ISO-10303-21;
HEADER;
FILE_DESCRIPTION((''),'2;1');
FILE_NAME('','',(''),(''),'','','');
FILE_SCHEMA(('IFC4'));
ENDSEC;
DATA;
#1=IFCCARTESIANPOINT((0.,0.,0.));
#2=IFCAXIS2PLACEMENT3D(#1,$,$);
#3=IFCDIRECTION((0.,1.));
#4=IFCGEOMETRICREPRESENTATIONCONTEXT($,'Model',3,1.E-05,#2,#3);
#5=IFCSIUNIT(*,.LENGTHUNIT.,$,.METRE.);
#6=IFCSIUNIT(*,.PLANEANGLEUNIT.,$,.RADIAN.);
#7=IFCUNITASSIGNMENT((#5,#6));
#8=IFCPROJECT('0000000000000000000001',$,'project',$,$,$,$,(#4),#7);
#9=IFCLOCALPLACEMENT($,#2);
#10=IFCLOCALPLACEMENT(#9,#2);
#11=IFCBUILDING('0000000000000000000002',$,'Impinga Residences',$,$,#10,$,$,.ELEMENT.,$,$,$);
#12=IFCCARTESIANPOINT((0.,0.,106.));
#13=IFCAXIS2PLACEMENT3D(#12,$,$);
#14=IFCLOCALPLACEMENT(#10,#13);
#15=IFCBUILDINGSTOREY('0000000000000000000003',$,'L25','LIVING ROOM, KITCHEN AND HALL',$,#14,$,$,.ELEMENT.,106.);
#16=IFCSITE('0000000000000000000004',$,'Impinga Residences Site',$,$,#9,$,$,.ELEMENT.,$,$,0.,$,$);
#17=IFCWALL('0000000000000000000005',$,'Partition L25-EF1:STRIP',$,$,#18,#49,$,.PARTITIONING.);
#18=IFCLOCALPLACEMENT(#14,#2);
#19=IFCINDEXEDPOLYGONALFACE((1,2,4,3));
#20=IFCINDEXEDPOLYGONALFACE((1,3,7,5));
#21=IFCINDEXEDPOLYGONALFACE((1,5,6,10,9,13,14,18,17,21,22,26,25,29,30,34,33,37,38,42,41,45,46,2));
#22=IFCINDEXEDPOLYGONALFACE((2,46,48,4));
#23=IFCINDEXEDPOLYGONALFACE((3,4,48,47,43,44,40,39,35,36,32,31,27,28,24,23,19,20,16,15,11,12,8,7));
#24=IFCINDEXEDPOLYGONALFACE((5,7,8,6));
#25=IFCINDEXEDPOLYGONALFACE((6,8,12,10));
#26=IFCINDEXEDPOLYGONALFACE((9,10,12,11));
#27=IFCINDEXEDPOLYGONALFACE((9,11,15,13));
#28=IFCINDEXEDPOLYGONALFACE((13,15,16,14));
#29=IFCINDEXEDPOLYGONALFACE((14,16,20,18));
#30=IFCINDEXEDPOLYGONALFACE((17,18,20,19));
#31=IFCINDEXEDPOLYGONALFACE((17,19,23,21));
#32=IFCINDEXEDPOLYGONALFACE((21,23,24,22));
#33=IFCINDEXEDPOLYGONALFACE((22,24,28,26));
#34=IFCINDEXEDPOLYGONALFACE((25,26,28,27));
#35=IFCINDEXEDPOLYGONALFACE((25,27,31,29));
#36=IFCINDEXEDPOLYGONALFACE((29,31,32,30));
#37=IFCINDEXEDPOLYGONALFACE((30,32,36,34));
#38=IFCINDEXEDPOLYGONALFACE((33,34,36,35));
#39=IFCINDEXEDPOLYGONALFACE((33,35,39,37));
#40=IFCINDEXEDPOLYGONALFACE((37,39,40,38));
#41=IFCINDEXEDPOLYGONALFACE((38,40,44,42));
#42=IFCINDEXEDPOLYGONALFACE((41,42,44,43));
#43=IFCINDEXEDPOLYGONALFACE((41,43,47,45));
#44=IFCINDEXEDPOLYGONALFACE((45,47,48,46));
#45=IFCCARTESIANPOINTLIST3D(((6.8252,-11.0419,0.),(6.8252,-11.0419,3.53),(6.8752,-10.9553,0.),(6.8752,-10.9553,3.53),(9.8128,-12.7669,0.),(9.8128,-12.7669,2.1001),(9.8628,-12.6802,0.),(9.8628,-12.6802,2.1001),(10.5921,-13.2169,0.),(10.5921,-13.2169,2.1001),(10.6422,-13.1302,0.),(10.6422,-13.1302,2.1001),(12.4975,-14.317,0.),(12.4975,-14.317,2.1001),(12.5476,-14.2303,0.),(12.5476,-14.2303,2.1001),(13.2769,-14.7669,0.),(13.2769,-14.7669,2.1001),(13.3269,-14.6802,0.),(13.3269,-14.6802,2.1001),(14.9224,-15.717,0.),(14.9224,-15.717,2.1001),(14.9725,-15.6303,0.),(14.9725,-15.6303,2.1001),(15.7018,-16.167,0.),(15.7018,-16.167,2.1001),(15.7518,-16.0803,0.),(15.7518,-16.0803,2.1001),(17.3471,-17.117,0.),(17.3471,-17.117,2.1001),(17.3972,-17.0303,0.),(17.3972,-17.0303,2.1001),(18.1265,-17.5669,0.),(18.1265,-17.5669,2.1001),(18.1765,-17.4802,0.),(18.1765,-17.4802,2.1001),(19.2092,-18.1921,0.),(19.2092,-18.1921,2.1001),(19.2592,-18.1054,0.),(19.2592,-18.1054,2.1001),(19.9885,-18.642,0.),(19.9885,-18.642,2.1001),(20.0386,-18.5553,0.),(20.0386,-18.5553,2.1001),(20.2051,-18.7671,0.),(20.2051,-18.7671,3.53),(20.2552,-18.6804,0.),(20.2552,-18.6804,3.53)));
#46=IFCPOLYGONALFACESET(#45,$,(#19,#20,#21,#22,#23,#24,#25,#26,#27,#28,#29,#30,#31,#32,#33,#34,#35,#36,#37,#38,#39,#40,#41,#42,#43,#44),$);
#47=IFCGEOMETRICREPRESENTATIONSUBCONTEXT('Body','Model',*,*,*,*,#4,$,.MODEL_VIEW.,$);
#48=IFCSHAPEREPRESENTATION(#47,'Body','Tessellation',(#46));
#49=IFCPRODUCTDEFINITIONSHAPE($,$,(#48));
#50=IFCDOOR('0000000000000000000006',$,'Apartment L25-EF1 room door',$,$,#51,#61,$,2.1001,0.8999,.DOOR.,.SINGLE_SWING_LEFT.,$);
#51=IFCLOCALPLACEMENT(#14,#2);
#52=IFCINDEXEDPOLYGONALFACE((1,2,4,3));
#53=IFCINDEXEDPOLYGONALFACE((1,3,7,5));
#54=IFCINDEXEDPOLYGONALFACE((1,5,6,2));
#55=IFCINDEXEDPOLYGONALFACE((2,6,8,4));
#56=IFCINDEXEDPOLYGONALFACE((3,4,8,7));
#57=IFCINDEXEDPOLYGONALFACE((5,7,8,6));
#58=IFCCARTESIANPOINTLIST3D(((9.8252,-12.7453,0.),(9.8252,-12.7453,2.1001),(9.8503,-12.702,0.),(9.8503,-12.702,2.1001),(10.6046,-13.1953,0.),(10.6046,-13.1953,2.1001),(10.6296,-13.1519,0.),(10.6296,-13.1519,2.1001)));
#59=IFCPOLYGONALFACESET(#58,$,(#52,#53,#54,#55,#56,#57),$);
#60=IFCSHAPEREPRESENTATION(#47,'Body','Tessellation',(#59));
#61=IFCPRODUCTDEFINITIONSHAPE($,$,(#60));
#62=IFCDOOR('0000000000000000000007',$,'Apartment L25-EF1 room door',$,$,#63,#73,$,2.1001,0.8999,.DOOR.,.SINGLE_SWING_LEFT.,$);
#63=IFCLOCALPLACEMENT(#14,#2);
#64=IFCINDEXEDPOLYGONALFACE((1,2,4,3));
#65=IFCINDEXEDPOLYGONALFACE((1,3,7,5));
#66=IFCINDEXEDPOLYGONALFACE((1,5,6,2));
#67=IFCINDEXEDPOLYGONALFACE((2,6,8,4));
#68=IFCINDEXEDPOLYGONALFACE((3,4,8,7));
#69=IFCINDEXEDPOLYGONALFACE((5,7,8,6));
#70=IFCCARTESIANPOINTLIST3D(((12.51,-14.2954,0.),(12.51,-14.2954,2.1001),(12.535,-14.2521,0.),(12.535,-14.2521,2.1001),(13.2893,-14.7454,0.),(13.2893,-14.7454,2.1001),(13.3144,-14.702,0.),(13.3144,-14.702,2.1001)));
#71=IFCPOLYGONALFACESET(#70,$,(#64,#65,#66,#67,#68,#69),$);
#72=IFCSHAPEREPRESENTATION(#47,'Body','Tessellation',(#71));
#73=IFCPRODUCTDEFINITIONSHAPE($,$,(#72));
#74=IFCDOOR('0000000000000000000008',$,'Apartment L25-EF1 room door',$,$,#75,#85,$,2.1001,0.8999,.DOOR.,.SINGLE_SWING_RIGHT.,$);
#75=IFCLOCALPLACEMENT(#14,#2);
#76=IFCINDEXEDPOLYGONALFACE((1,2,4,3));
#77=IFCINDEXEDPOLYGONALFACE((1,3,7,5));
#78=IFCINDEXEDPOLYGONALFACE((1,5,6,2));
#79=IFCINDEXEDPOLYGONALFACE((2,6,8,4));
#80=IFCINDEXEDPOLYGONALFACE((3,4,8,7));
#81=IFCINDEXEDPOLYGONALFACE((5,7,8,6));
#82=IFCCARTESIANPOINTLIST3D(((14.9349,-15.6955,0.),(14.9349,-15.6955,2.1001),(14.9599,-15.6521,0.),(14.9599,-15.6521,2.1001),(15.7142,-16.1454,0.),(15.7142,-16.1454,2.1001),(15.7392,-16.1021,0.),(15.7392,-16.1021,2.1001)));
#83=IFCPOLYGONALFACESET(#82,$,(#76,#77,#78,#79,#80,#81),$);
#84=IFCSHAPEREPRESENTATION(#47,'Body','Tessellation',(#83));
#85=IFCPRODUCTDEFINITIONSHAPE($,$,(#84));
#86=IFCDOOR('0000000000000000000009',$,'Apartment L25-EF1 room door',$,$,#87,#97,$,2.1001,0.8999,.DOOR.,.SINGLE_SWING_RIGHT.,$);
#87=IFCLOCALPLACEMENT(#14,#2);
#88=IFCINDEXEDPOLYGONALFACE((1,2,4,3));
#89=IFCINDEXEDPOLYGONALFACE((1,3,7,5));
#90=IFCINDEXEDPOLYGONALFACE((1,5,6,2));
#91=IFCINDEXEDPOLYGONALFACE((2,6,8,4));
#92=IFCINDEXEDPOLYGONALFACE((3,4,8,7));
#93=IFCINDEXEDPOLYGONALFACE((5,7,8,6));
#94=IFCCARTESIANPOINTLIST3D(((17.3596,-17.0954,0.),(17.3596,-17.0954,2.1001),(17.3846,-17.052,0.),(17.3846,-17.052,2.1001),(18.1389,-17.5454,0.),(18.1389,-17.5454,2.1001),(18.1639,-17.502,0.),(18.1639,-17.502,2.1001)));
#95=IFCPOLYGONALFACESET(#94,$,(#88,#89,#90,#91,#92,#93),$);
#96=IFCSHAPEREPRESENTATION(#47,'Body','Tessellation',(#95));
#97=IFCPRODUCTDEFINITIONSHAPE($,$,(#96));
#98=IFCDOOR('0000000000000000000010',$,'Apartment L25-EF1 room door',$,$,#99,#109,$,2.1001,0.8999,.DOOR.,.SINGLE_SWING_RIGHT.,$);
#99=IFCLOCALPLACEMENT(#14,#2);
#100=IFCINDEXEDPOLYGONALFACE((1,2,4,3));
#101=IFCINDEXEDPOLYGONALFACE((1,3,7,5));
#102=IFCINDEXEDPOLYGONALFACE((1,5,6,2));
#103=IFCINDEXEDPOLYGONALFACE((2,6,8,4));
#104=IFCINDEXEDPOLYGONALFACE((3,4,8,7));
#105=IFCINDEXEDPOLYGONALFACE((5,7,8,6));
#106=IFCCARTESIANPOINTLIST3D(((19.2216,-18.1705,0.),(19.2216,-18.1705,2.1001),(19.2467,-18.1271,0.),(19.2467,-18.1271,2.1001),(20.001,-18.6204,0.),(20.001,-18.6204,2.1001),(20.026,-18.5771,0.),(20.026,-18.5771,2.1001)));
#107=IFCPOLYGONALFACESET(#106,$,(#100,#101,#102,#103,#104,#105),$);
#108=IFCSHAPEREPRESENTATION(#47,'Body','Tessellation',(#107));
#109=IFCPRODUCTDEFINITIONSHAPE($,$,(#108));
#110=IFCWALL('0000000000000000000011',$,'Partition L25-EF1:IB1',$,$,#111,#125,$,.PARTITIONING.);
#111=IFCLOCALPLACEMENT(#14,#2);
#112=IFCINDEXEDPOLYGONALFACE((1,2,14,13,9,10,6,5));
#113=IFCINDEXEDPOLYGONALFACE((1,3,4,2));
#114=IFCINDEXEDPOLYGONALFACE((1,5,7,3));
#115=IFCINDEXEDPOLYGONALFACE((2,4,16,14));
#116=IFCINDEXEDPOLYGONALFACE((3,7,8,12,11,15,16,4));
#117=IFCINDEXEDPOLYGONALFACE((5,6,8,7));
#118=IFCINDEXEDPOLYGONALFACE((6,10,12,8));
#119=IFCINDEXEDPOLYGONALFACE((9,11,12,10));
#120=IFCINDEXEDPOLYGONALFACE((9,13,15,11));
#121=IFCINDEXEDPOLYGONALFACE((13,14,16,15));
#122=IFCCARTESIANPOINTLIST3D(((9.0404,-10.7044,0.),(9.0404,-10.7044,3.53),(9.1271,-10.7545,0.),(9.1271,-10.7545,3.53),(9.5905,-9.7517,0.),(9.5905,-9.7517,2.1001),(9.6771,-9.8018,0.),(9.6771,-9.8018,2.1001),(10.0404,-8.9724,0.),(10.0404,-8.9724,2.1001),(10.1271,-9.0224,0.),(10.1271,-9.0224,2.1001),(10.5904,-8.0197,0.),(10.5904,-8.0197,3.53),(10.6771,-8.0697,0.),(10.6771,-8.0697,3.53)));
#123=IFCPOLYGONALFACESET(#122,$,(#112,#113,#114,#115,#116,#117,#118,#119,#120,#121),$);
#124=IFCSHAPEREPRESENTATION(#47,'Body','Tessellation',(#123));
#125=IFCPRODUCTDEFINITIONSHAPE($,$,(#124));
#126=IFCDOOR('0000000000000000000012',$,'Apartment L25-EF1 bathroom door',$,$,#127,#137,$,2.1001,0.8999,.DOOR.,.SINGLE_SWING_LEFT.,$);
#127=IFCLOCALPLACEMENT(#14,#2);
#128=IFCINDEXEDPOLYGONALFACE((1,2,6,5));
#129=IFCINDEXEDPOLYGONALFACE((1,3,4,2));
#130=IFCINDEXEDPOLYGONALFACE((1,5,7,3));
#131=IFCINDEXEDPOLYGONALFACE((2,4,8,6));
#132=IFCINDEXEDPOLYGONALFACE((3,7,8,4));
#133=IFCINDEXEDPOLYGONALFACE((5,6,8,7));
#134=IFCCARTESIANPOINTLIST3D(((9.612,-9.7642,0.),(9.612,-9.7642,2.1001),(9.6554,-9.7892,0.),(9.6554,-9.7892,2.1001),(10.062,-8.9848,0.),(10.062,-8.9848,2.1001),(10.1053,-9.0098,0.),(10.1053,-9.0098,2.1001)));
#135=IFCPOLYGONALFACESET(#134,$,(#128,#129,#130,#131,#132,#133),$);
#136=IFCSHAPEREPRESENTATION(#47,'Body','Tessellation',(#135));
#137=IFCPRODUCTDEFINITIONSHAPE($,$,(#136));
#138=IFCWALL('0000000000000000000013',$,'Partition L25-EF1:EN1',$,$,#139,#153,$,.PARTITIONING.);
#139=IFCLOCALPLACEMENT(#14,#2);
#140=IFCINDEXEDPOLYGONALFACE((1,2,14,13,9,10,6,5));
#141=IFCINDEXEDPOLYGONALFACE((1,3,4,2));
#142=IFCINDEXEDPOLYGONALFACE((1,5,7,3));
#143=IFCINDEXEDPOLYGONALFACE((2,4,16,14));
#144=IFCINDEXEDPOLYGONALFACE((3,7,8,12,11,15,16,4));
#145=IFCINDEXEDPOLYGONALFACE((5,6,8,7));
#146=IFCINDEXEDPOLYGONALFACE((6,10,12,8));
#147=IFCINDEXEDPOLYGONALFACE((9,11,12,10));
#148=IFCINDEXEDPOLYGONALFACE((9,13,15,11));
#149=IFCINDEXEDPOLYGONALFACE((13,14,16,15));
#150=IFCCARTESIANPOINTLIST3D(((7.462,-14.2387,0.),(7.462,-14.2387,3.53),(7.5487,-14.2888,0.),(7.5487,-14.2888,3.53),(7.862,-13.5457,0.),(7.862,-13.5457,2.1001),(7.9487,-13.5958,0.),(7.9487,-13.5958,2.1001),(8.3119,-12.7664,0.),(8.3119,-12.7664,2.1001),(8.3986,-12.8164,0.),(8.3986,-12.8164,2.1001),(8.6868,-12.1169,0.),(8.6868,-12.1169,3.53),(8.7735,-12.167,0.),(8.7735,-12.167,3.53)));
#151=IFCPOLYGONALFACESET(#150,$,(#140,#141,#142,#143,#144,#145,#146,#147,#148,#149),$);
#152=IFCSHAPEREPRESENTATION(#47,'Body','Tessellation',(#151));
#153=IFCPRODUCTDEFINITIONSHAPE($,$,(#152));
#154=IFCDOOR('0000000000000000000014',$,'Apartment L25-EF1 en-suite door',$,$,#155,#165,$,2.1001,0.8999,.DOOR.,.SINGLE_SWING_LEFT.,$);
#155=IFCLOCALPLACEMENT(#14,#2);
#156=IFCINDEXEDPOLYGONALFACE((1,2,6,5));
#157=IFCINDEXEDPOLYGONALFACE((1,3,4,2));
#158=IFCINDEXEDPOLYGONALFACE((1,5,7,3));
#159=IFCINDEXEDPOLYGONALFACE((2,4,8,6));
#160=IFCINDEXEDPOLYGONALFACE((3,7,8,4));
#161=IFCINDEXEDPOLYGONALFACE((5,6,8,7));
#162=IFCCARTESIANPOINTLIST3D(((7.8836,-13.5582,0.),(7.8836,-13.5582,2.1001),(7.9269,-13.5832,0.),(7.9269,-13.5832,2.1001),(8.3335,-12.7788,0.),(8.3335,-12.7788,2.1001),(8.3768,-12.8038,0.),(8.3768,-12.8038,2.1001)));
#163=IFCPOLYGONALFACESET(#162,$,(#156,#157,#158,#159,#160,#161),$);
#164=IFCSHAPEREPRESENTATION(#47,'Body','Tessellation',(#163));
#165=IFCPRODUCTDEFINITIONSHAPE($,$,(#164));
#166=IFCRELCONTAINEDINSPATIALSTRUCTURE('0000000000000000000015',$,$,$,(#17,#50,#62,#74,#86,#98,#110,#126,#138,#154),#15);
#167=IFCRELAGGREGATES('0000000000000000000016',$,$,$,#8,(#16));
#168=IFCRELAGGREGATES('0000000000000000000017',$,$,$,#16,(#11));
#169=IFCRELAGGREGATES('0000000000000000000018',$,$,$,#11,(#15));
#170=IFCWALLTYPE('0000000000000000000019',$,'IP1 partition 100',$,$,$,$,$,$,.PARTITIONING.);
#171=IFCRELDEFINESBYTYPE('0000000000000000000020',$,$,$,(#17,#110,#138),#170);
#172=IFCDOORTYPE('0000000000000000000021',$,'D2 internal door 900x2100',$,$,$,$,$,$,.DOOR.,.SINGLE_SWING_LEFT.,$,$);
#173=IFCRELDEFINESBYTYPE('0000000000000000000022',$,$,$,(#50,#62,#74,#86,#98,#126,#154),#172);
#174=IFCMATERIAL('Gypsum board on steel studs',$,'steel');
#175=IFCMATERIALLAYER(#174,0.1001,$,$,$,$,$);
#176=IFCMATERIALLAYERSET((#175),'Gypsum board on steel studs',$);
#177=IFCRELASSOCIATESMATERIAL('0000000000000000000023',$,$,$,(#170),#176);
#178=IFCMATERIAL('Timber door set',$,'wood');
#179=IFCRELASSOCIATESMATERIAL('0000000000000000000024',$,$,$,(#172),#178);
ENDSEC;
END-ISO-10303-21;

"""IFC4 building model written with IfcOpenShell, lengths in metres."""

from ifc_helpers import new_model, si_unit, direction, frame, frame_2d, origin, place, context, subcontext, project, spatial, rectangle, extrude, material, layer, layer_set, type_object, element, fill, save


model = new_model("IFC4")

# Units and contexts
model_context = context("Model", 3, precision=1e-05, world=origin(), true_north=direction((0.0, 1.0)))
body_context = subcontext(model_context, "Body", "Model", "MODEL_VIEW")
ifc_project = project(units=[si_unit("LENGTHUNIT", "METRE"), si_unit("PLANEANGLEUNIT", "RADIAN")], contexts=[model_context])

# Site, building, storey
site_placement = place(None, origin())
site = spatial("IfcSite", under=ifc_project, at=site_placement, Name="Impinga Residences Site", CompositionType="ELEMENT", RefElevation=0.0)
building_placement = place(site_placement, origin())
building = spatial("IfcBuilding", under=site, at=building_placement, Name="Impinga Residences", CompositionType="ELEMENT")
storey_placement = place(building_placement, frame((0.0, 0.0, 106.0)))
storey = spatial("IfcBuildingStorey", under=building, at=storey_placement, Name="L25", Description="LIVING ROOM, KITCHEN AND HALL", CompositionType="ELEMENT", Elevation=106.0)

# Shared definitions
ifc_material_1 = material(Name="Gypsum board on steel studs", Category="steel")
ifc_layer_1 = layer(ifc_material_1, 0.1001)
ifc_layer_set_1 = layer_set([ifc_layer_1], Name="Gypsum board on steel studs")
wall_type_1 = type_object("IfcWallType", Name="IP1 partition 100", PredefinedType="PARTITIONING", material=ifc_layer_set_1)

# Wall, openings, doors
wall_1_placement = place(storey_placement, frame((6.8501, -10.9985, 0.0), z_axis=(0.0, 0.0, 1.0), x_axis=(0.866019, -0.500011, 0.0)))
wall_1 = element("IfcWall", 1, at=wall_1_placement, inside=storey, type_object=wall_type_1, Name="Partition L25-EF1:STRIP", PredefinedType="PARTITIONING", context=body_context, shape_type="SweptSolid", body=[
    extrude(rectangle(XDim=15.45, YDim=0.1001, at=frame_2d((7.7251, 0.0))), origin(), (0.0, 0.0, 1.0), 3.53),
])
opening_1_placement = place(wall_1_placement, frame((3.45, 0.0, 0.0)))
opening_1 = element("IfcOpeningElement", 2, at=opening_1_placement, cuts=wall_1, PredefinedType="OPENING", context=body_context, shape_type="SweptSolid", body=[
    extrude(rectangle(XDim=0.8999, YDim=2.1001, at=frame_2d((0.45, 1.05))), frame((0.0, 0.0601, 0.0), z_axis=(0.0, -1.0, 0.0), x_axis=(1.0, 0.0, 0.0)), (0.0, 0.0, 1.0), 0.1201),
])
opening_2_placement = place(wall_1_placement, frame((6.55, 0.0, 0.0)))
opening_2 = element("IfcOpeningElement", 3, at=opening_2_placement, cuts=wall_1, PredefinedType="OPENING", context=body_context, shape_type="SweptSolid", body=[
    extrude(rectangle(XDim=0.8999, YDim=2.1001, at=frame_2d((0.45, 1.05))), frame((0.0, 0.0601, 0.0), z_axis=(0.0, -1.0, 0.0), x_axis=(1.0, 0.0, 0.0)), (0.0, 0.0, 1.0), 0.1201),
])
opening_3_placement = place(wall_1_placement, frame((9.3501, 0.0, 0.0)))
opening_3 = element("IfcOpeningElement", 4, at=opening_3_placement, cuts=wall_1, PredefinedType="OPENING", context=body_context, shape_type="SweptSolid", body=[
    extrude(rectangle(XDim=0.8999, YDim=2.1001, at=frame_2d((0.45, 1.05))), frame((0.0, 0.0601, 0.0), z_axis=(0.0, -1.0, 0.0), x_axis=(1.0, 0.0, 0.0)), (0.0, 0.0, 1.0), 0.1201),
])
opening_4_placement = place(wall_1_placement, frame((12.1499, 0.0, 0.0)))
opening_4 = element("IfcOpeningElement", 5, at=opening_4_placement, cuts=wall_1, PredefinedType="OPENING", context=body_context, shape_type="SweptSolid", body=[
    extrude(rectangle(XDim=0.8999, YDim=2.1001, at=frame_2d((0.45, 1.05))), frame((0.0, 0.0601, 0.0), z_axis=(0.0, -1.0, 0.0), x_axis=(1.0, 0.0, 0.0)), (0.0, 0.0, 1.0), 0.1201),
])
opening_5_placement = place(wall_1_placement, frame((14.3, 0.0, 0.0)))
opening_5 = element("IfcOpeningElement", 6, at=opening_5_placement, cuts=wall_1, PredefinedType="OPENING", context=body_context, shape_type="SweptSolid", body=[
    extrude(rectangle(XDim=0.8999, YDim=2.1001, at=frame_2d((0.45, 1.05))), frame((0.0, 0.0601, 0.0), z_axis=(0.0, -1.0, 0.0), x_axis=(1.0, 0.0, 0.0)), (0.0, 0.0, 1.0), 0.1201),
])
ifc_material_2 = material(Name="Timber door set", Category="wood")
door_type_1 = type_object("IfcDoorType", Name="D2 internal door 900x2100", OperationType="SINGLE_SWING_LEFT", PredefinedType="DOOR", material=ifc_material_2)
door_1_placement = place(opening_1_placement, origin())
door_1 = element("IfcDoor", 7, at=door_1_placement, inside=storey, type_object=door_type_1, Name="Apartment L25-EF1 room door", OperationType="SINGLE_SWING_LEFT", OverallHeight=2.1001, OverallWidth=0.8999, PredefinedType="DOOR", context=body_context, shape_type="SweptSolid", body=[
    extrude(rectangle(XDim=0.8999, YDim=2.1001, at=frame_2d((0.45, 1.05))), frame((0.0, 0.0249, 0.0), z_axis=(0.0, -1.0, 0.0), x_axis=(1.0, 0.0, 0.0)), (0.0, 0.0, 1.0), 0.05),
])
fill(opening_1, door_1)
door_2_placement = place(opening_2_placement, origin())
door_2 = element("IfcDoor", 8, at=door_2_placement, inside=storey, type_object=door_type_1, Name="Apartment L25-EF1 room door", OperationType="SINGLE_SWING_LEFT", OverallHeight=2.1001, OverallWidth=0.8999, PredefinedType="DOOR", context=body_context, shape_type="SweptSolid", body=[
    extrude(rectangle(XDim=0.8999, YDim=2.1001, at=frame_2d((0.45, 1.05))), frame((0.0, 0.0249, 0.0), z_axis=(0.0, -1.0, 0.0), x_axis=(1.0, 0.0, 0.0)), (0.0, 0.0, 1.0), 0.05),
])
fill(opening_2, door_2)
door_3_placement = place(opening_3_placement, origin())
door_3 = element("IfcDoor", 9, at=door_3_placement, inside=storey, type_object=door_type_1, Name="Apartment L25-EF1 room door", OperationType="SINGLE_SWING_RIGHT", OverallHeight=2.1001, OverallWidth=0.8999, PredefinedType="DOOR", context=body_context, shape_type="SweptSolid", body=[
    extrude(rectangle(XDim=0.8999, YDim=2.1001, at=frame_2d((0.45, 1.05))), frame((0.0, 0.0249, 0.0), z_axis=(0.0, -1.0, 0.0), x_axis=(1.0, 0.0, 0.0)), (0.0, 0.0, 1.0), 0.05),
])
fill(opening_3, door_3)
door_4_placement = place(opening_4_placement, origin())
door_4 = element("IfcDoor", 10, at=door_4_placement, inside=storey, type_object=door_type_1, Name="Apartment L25-EF1 room door", OperationType="SINGLE_SWING_RIGHT", OverallHeight=2.1001, OverallWidth=0.8999, PredefinedType="DOOR", context=body_context, shape_type="SweptSolid", body=[
    extrude(rectangle(XDim=0.8999, YDim=2.1001, at=frame_2d((0.45, 1.05))), frame((0.0, 0.0249, 0.0), z_axis=(0.0, -1.0, 0.0), x_axis=(1.0, 0.0, 0.0)), (0.0, 0.0, 1.0), 0.05),
])
fill(opening_4, door_4)
door_5_placement = place(opening_5_placement, origin())
door_5 = element("IfcDoor", 11, at=door_5_placement, inside=storey, type_object=door_type_1, Name="Apartment L25-EF1 room door", OperationType="SINGLE_SWING_RIGHT", OverallHeight=2.1001, OverallWidth=0.8999, PredefinedType="DOOR", context=body_context, shape_type="SweptSolid", body=[
    extrude(rectangle(XDim=0.8999, YDim=2.1001, at=frame_2d((0.45, 1.05))), frame((0.0, 0.0249, 0.0), z_axis=(0.0, -1.0, 0.0), x_axis=(1.0, 0.0, 0.0)), (0.0, 0.0, 1.0), 0.05),
])
fill(opening_5, door_5)

# Walls, openings, doors
wall_2_placement = place(storey_placement, frame((10.6338, -8.0447, 0.0), z_axis=(0.0, 0.0, 1.0), x_axis=(-0.499993, -0.86603, 0.0)))
wall_2 = element("IfcWall", 12, at=wall_2_placement, inside=storey, type_object=wall_type_1, Name="Partition L25-EF1:IB1", PredefinedType="PARTITIONING", context=body_context, shape_type="SweptSolid", body=[
    extrude(rectangle(XDim=3.1001, YDim=0.1001, at=frame_2d((1.55, 0.0))), origin(), (0.0, 0.0, 1.0), 3.53),
])
opening_6_placement = place(wall_2_placement, frame((1.1001, 0.0, 0.0)))
opening_6 = element("IfcOpeningElement", 13, at=opening_6_placement, cuts=wall_2, PredefinedType="OPENING", context=body_context, shape_type="SweptSolid", body=[
    extrude(rectangle(XDim=0.8999, YDim=2.1001, at=frame_2d((0.45, 1.05))), frame((0.0, 0.0601, 0.0), z_axis=(0.0, -1.0, 0.0), x_axis=(1.0, 0.0, 0.0)), (0.0, 0.0, 1.0), 0.1201),
])
door_6_placement = place(opening_6_placement, origin())
door_6 = element("IfcDoor", 14, at=door_6_placement, inside=storey, type_object=door_type_1, Name="Apartment L25-EF1 bathroom door", OperationType="SINGLE_SWING_LEFT", OverallHeight=2.1001, OverallWidth=0.8999, PredefinedType="DOOR", context=body_context, shape_type="SweptSolid", body=[
    extrude(rectangle(XDim=0.8999, YDim=2.1001, at=frame_2d((0.45, 1.05))), frame((0.0, 0.0249, 0.0), z_axis=(0.0, -1.0, 0.0), x_axis=(1.0, 0.0, 0.0)), (0.0, 0.0, 1.0), 0.05),
])
fill(opening_6, door_6)
wall_3_placement = place(storey_placement, frame((8.7302, -12.1418, 0.0), z_axis=(0.0, 0.0, 1.0), x_axis=(-0.499944, -0.866058, 0.0)))
wall_3 = element("IfcWall", 15, at=wall_3_placement, inside=storey, type_object=wall_type_1, Name="Partition L25-EF1:EN1", PredefinedType="PARTITIONING", context=body_context, shape_type="SweptSolid", body=[
    extrude(rectangle(XDim=2.45, YDim=0.1001, at=frame_2d((1.2251, 0.0))), origin(), (0.0, 0.0, 1.0), 3.53),
])
opening_7_placement = place(wall_3_placement, frame((0.75, 0.0, 0.0)))
opening_7 = element("IfcOpeningElement", 16, at=opening_7_placement, cuts=wall_3, PredefinedType="OPENING", context=body_context, shape_type="SweptSolid", body=[
    extrude(rectangle(XDim=0.8999, YDim=2.1001, at=frame_2d((0.45, 1.05))), frame((0.0, 0.0601, 0.0), z_axis=(0.0, -1.0, 0.0), x_axis=(1.0, 0.0, 0.0)), (0.0, 0.0, 1.0), 0.1201),
])
door_7_placement = place(opening_7_placement, origin())
door_7 = element("IfcDoor", 17, at=door_7_placement, inside=storey, type_object=door_type_1, Name="Apartment L25-EF1 en-suite door", OperationType="SINGLE_SWING_LEFT", OverallHeight=2.1001, OverallWidth=0.8999, PredefinedType="DOOR", context=body_context, shape_type="SweptSolid", body=[
    extrude(rectangle(XDim=0.8999, YDim=2.1001, at=frame_2d((0.45, 1.05))), frame((0.0, 0.0249, 0.0), z_axis=(0.0, -1.0, 0.0), x_axis=(1.0, 0.0, 0.0)), (0.0, 0.0, 1.0), 0.05),
])
fill(opening_7, door_7)

save(model, "model.ifc")
